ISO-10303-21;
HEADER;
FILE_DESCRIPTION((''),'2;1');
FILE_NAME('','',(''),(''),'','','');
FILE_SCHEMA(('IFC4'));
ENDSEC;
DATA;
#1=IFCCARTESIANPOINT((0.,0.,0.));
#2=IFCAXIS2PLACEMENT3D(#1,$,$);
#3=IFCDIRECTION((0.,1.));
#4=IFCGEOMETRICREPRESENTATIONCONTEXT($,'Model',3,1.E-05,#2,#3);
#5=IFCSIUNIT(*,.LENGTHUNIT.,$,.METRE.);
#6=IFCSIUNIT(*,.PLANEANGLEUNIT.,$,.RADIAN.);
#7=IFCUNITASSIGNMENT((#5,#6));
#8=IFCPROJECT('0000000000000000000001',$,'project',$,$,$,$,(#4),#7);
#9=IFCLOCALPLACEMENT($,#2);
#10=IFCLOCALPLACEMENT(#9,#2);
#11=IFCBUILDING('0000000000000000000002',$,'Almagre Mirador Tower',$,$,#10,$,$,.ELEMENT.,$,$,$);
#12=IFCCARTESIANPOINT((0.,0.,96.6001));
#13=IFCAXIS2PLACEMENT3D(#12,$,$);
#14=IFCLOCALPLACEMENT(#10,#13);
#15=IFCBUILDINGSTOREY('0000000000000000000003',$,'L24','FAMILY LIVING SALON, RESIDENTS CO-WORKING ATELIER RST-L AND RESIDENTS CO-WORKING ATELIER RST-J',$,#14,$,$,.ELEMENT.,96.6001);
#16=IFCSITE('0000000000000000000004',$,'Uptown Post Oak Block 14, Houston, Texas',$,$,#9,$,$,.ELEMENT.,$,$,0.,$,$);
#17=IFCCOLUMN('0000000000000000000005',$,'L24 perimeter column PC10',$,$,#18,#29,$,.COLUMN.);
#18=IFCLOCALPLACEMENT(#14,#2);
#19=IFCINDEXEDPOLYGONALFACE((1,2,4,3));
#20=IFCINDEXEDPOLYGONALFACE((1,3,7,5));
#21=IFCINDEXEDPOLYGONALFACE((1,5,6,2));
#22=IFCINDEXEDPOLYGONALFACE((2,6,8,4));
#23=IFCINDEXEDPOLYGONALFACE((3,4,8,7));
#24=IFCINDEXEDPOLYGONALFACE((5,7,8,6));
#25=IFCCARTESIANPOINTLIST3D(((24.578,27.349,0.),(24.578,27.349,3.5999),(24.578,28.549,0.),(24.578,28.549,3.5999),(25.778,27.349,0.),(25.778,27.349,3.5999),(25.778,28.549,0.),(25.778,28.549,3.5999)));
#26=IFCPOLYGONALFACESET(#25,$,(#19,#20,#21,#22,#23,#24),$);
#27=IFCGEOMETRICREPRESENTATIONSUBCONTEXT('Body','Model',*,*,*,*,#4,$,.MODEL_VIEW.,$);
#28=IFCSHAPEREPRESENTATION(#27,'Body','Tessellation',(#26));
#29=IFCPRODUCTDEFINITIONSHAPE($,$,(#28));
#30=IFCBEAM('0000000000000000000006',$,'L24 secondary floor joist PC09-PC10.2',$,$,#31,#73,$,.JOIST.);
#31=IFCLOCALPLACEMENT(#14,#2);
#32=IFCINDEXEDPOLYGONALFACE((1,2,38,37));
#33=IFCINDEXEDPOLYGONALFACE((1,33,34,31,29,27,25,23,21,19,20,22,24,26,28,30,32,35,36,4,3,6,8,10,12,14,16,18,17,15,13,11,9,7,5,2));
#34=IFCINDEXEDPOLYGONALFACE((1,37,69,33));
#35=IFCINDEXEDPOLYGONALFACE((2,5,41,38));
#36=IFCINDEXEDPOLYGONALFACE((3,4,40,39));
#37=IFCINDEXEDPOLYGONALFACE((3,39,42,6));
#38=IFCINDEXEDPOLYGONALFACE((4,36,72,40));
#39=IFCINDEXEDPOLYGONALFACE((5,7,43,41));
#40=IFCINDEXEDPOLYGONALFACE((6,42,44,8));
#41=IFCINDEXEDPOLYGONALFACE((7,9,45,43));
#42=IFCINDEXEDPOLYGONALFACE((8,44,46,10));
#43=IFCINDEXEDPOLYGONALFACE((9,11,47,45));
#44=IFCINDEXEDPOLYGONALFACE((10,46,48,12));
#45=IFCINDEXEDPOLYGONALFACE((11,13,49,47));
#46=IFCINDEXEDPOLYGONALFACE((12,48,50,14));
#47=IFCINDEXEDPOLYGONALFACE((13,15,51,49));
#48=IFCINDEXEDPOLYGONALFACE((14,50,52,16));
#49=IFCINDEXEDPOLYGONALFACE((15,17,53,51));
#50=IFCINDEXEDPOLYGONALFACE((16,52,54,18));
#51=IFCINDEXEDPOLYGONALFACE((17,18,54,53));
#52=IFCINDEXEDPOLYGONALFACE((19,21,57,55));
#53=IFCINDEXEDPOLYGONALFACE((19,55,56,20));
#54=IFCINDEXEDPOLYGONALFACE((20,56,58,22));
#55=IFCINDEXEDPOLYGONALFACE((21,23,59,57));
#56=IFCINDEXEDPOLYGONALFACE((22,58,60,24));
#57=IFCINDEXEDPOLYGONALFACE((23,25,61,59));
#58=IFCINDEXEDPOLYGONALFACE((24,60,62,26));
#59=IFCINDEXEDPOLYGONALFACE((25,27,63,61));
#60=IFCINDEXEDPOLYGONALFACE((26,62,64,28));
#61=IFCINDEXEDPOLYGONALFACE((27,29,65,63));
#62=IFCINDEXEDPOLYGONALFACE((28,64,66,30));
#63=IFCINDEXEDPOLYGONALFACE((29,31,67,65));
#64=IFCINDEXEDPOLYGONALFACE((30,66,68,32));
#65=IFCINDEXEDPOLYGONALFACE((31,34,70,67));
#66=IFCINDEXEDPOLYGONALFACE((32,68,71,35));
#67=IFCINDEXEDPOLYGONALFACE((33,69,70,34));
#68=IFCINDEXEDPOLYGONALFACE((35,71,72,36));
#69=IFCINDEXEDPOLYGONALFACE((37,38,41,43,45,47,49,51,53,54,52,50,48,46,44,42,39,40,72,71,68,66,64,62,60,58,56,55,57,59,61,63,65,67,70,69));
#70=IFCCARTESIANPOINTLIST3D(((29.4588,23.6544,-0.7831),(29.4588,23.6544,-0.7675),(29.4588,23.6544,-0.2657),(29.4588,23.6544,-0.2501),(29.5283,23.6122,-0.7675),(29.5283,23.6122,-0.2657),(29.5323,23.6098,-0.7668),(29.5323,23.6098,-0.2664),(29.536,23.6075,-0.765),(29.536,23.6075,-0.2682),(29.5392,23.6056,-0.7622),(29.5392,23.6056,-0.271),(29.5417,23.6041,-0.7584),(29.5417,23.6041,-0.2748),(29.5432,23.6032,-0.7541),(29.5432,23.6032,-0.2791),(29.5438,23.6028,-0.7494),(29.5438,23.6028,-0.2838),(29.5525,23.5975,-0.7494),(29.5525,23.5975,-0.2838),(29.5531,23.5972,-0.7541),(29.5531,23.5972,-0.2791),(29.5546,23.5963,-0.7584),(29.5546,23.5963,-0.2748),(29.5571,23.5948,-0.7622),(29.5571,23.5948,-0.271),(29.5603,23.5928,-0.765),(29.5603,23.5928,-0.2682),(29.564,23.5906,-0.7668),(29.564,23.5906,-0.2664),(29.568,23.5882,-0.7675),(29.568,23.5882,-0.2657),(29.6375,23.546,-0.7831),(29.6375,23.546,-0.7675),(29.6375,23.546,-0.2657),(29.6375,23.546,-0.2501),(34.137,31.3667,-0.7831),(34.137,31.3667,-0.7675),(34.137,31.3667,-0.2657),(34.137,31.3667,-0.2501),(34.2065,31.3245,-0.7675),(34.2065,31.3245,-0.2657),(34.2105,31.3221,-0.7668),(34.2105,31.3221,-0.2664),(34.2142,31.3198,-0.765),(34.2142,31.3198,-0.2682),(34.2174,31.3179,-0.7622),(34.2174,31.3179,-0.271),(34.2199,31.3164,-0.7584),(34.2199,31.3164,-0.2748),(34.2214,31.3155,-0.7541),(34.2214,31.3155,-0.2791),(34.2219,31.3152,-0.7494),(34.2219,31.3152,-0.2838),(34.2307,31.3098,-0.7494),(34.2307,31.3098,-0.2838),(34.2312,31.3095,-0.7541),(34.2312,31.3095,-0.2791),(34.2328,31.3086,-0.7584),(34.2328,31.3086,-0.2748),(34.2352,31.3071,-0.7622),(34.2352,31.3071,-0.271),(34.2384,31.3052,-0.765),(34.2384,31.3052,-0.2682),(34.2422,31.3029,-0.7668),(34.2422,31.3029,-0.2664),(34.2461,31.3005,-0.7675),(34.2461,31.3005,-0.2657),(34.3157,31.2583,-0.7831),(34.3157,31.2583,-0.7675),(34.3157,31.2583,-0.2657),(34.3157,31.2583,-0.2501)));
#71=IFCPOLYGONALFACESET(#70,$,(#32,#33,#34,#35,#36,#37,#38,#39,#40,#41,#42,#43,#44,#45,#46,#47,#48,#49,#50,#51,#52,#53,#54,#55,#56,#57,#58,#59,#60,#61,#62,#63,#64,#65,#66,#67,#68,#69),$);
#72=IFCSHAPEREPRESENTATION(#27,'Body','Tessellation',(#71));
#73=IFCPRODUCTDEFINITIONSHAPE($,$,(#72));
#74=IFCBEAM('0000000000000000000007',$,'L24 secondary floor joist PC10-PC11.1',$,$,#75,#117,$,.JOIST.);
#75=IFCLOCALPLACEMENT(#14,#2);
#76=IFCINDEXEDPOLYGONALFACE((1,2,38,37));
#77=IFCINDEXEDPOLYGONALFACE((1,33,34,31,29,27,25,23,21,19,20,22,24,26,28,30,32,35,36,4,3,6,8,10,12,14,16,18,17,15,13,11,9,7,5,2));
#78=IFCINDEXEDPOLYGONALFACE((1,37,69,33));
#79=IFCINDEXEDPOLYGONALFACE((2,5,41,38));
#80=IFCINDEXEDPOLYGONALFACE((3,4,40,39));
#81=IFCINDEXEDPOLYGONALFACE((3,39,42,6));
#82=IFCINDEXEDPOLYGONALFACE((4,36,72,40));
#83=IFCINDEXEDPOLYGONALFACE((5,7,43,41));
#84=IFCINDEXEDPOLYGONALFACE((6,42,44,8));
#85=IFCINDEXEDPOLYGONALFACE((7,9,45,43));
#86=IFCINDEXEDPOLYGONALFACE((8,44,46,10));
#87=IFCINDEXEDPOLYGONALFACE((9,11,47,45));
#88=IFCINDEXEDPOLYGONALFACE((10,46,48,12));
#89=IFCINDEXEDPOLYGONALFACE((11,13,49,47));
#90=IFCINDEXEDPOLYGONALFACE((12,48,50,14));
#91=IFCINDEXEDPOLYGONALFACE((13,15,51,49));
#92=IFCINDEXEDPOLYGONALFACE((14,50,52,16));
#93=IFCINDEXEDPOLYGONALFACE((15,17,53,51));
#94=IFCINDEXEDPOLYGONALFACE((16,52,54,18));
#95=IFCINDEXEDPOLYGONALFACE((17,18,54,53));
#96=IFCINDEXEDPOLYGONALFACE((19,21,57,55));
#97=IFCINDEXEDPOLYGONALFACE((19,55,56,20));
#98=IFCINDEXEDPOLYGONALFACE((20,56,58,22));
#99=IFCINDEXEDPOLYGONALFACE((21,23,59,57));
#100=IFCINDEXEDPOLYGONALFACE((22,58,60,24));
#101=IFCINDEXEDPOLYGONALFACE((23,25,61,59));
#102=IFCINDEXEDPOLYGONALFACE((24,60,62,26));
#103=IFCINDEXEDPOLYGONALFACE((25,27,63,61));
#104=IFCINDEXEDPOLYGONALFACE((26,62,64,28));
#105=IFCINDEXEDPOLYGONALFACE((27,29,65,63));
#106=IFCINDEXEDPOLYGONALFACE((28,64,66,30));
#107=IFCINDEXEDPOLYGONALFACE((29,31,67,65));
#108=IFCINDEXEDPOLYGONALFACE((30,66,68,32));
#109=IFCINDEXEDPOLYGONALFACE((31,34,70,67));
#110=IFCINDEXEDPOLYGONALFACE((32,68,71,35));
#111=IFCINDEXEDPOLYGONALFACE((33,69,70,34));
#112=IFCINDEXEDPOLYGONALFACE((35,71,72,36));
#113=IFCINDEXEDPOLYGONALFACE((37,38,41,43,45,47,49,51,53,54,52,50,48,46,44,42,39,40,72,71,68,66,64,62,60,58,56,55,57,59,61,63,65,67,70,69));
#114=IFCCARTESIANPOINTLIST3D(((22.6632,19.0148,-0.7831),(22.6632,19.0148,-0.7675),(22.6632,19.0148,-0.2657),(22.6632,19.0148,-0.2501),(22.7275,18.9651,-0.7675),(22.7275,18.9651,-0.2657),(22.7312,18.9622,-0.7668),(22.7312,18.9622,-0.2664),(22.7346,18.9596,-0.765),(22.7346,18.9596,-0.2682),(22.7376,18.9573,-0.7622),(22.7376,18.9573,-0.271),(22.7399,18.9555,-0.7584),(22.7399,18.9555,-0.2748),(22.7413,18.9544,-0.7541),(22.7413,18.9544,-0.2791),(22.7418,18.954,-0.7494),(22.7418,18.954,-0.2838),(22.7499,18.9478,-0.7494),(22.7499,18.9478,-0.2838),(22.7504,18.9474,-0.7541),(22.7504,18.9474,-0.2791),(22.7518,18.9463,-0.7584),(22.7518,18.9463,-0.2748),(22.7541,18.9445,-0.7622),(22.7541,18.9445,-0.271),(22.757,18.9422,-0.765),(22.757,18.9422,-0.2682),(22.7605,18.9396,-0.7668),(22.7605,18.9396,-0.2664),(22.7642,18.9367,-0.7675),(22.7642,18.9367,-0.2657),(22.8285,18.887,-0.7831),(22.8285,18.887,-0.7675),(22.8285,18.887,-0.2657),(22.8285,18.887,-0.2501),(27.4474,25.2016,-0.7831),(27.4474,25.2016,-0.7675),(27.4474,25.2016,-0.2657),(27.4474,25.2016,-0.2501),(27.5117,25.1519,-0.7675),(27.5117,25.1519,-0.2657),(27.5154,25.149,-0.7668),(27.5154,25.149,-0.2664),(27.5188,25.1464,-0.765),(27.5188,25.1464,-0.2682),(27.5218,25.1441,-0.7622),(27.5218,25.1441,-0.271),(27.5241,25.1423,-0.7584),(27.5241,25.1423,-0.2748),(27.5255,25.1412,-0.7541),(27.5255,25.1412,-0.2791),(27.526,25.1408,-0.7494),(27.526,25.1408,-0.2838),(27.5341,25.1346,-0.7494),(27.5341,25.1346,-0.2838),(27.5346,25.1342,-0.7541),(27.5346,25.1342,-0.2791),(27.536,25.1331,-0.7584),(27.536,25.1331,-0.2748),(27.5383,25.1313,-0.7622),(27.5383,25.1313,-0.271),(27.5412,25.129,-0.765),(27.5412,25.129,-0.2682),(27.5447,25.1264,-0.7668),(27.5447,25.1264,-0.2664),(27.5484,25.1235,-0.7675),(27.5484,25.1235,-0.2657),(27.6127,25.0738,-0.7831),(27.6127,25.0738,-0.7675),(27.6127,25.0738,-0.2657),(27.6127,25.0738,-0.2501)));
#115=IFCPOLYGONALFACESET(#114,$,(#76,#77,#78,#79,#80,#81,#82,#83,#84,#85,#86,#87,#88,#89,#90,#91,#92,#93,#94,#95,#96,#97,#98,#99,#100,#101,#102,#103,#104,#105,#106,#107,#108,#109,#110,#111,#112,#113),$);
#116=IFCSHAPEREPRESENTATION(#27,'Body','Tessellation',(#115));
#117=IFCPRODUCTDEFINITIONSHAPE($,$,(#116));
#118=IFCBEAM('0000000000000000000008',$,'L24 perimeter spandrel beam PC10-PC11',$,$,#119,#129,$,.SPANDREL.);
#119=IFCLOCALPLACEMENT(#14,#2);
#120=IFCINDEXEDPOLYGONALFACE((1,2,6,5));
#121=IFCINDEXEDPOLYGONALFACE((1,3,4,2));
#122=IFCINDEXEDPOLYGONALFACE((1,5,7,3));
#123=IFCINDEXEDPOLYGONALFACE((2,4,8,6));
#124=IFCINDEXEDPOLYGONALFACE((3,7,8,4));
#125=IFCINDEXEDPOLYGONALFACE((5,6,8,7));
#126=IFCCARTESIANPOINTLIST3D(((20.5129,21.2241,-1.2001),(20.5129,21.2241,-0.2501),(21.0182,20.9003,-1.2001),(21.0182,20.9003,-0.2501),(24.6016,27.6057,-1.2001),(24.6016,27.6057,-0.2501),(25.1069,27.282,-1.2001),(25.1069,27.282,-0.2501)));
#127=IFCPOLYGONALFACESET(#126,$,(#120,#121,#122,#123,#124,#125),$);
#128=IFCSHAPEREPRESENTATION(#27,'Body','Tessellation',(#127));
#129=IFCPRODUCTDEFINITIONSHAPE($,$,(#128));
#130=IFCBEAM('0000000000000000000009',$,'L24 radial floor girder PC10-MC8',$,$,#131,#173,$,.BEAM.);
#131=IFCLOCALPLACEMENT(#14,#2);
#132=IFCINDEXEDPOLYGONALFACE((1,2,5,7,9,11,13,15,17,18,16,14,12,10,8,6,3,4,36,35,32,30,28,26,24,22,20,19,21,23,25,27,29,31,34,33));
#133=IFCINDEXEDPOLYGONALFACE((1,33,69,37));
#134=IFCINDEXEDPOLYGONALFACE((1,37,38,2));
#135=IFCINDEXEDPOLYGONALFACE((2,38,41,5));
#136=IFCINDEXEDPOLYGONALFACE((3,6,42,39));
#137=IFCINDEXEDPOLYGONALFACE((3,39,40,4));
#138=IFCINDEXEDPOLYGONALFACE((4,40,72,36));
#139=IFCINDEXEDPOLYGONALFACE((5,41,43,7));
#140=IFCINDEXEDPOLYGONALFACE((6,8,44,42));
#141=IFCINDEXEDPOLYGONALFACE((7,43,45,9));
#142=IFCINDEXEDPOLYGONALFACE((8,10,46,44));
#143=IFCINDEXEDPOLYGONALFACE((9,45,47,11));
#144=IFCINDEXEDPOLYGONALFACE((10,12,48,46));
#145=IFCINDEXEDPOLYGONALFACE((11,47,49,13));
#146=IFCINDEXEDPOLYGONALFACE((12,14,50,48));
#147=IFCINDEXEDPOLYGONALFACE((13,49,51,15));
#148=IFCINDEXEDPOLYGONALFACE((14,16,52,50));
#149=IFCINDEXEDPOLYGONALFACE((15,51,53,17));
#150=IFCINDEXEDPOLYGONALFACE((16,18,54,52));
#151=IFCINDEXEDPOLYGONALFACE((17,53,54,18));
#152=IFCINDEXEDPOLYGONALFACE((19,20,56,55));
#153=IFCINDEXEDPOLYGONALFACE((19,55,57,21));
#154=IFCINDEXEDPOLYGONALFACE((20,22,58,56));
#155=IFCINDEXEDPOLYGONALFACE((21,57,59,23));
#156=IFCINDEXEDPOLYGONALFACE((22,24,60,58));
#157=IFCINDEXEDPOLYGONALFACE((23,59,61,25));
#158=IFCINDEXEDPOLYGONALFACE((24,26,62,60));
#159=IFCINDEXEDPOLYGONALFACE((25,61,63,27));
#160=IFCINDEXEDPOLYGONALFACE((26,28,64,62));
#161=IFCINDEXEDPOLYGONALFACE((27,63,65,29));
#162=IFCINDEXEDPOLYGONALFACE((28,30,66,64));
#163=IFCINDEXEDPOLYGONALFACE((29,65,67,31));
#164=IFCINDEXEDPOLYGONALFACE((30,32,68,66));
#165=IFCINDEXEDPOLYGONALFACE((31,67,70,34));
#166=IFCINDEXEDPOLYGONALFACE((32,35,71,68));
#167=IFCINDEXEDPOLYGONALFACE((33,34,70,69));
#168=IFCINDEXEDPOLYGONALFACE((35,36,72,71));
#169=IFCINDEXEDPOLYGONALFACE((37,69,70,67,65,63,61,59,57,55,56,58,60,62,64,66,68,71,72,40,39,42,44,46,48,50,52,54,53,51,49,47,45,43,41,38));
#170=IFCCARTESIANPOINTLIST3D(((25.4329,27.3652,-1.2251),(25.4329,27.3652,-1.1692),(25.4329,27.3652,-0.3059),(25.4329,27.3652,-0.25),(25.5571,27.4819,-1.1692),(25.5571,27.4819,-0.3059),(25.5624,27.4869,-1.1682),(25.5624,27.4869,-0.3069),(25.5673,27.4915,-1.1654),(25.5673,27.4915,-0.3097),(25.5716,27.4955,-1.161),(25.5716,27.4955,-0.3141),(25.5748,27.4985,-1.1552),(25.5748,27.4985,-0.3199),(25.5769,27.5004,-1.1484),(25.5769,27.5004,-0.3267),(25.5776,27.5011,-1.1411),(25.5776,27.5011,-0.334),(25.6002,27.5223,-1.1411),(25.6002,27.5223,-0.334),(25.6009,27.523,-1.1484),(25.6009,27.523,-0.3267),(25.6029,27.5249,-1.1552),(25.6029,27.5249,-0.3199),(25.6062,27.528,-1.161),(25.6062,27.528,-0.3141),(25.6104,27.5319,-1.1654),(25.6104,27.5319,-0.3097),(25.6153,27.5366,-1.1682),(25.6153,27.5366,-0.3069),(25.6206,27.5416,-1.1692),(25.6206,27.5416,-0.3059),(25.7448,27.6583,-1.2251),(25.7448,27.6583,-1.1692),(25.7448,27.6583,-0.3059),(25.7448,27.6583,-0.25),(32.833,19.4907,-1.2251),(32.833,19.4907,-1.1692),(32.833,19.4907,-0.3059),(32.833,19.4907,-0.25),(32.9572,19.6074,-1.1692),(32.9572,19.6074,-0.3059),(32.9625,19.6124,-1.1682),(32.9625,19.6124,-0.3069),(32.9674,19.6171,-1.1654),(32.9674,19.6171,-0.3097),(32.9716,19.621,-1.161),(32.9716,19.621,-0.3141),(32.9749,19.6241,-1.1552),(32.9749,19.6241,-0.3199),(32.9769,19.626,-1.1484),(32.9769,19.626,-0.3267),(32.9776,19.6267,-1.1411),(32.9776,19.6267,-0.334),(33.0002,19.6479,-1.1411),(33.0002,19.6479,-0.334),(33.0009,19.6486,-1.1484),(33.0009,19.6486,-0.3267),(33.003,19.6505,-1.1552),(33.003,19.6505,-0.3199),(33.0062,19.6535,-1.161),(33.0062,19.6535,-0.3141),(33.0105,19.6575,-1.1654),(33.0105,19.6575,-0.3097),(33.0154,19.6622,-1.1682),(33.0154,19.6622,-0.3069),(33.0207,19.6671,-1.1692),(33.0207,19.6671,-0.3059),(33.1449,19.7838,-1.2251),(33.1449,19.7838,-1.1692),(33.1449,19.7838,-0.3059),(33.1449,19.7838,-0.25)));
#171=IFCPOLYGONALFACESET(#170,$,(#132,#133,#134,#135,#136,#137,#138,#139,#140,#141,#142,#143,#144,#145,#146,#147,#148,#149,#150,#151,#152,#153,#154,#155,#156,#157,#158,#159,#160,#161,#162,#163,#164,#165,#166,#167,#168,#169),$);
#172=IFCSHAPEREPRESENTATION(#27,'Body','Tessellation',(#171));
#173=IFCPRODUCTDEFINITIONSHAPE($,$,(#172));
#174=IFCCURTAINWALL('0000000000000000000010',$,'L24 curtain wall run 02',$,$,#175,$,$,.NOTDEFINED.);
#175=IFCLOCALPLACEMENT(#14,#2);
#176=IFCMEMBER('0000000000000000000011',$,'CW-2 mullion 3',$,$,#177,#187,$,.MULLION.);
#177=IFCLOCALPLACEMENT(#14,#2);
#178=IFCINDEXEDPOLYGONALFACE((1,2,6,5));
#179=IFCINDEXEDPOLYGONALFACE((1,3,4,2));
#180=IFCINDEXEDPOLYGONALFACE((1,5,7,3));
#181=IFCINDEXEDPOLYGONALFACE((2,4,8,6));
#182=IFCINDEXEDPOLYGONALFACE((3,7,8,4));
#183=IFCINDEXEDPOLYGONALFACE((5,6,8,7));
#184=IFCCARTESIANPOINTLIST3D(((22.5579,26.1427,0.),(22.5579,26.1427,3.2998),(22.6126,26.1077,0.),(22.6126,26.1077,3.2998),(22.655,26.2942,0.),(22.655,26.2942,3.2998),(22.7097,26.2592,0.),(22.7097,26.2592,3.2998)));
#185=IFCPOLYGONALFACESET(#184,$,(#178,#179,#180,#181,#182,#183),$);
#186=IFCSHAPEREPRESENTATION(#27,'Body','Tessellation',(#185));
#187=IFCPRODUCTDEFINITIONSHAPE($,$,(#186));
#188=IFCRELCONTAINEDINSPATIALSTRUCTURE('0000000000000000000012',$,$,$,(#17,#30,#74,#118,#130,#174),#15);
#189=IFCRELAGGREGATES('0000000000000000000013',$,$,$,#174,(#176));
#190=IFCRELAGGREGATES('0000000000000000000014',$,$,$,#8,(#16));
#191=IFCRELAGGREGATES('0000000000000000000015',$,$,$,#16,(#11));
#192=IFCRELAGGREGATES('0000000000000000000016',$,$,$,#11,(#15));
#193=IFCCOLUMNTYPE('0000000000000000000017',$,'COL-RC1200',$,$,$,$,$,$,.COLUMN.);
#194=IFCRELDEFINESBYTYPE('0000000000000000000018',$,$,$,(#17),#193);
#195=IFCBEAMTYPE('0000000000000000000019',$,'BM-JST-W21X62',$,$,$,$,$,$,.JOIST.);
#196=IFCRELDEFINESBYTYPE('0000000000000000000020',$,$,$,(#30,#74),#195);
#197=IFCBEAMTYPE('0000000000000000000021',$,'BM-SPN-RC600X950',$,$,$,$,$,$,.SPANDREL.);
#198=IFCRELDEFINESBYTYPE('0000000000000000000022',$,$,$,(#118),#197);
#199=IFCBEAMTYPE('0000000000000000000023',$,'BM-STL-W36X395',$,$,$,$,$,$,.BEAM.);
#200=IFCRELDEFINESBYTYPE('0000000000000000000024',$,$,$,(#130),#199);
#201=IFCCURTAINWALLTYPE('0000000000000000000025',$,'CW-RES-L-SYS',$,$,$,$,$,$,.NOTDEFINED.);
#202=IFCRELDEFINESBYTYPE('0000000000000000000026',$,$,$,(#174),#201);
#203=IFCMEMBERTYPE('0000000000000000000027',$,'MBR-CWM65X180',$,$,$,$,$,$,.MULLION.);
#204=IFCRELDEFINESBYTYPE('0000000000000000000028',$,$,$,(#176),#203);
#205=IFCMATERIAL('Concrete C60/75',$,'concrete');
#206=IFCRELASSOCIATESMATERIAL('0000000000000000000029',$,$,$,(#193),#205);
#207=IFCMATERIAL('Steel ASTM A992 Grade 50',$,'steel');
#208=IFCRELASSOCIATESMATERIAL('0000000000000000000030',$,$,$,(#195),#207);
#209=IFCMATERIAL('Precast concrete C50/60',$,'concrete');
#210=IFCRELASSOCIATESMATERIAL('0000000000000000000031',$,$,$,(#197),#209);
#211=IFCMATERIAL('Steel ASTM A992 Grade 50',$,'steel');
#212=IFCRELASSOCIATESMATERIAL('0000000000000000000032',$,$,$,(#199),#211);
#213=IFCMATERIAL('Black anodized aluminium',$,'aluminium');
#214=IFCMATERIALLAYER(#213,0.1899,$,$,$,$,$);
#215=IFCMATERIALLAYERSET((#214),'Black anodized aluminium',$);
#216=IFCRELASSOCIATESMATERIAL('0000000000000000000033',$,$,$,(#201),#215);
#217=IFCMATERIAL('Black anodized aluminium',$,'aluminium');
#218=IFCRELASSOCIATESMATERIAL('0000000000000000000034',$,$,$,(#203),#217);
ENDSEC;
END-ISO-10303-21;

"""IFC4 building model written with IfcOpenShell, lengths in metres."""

from ifc_helpers import new_model, si_unit, direction, frame, origin, origin_2d, place, context, subcontext, project, spatial, rectangle, i_section, extrude, material, layer, layer_set, material_profile, profile_set, type_object, element, aggregate, save


model = new_model("IFC4")

# Units and contexts
model_context = context("Model", 3, precision=1e-05, world=origin(), true_north=direction((0.0, 1.0)))
body_context = subcontext(model_context, "Body", "Model", "MODEL_VIEW")
ifc_project = project(units=[si_unit("LENGTHUNIT", "METRE"), si_unit("PLANEANGLEUNIT", "RADIAN")], contexts=[model_context])

# Site, building, storey
site_placement = place(None, origin())
site = spatial("IfcSite", under=ifc_project, at=site_placement, Name="Uptown Post Oak Block 14, Houston, Texas", CompositionType="ELEMENT", RefElevation=0.0)
building_placement = place(site_placement, origin())
building = spatial("IfcBuilding", under=site, at=building_placement, Name="Almagre Mirador Tower", CompositionType="ELEMENT")
storey_placement = place(building_placement, frame((0.0, 0.0, 96.6001)))
storey = spatial("IfcBuildingStorey", under=building, at=storey_placement, Name="L24", Description="FAMILY LIVING SALON, RESIDENTS CO-WORKING ATELIER RST-L AND RESIDENTS CO-WORKING ATELIER RST-J", CompositionType="ELEMENT", Elevation=96.6001)

# Column
ifc_material_1 = material(Name="Concrete C60/75", Category="concrete")
ifc_material_profile_1 = material_profile(ifc_material_1, rectangle(XDim=1.2, YDim=1.2, at=origin_2d()), Name="RC1200X1200")
ifc_profile_set_1 = profile_set([ifc_material_profile_1], Name="Concrete C60/75")
column_type = type_object("IfcColumnType", Name="COL-RC1200", PredefinedType="COLUMN", material=ifc_profile_set_1)
column_placement = place(storey_placement, frame((25.178, 27.949, 0.0), z_axis=(0.0, 0.0, 1.0), x_axis=(1.0, 0.0, 0.0)))
element("IfcColumn", 1, at=column_placement, inside=storey, type_object=column_type, Name="L24 perimeter column PC10", PredefinedType="COLUMN", context=body_context, shape_type="SweptSolid", body=[
    extrude(rectangle(XDim=1.2, YDim=1.2, at=origin_2d()), origin(), (0.0, 0.0, 1.0), 3.5999),
])

# Beams
ifc_material_2 = material(Name="Steel ASTM A992 Grade 50", Category="steel")
ifc_material_profile_2 = material_profile(ifc_material_2, i_section(OverallWidth=0.209, OverallDepth=0.533, WebThickness=0.0103, FlangeThickness=0.0156, FilletRadius=0.0181, at=origin_2d()), Name="W21X62")
ifc_profile_set_2 = profile_set([ifc_material_profile_2], Name="Steel ASTM A992 Grade 50")
beam_type_1 = type_object("IfcBeamType", Name="BM-JST-W21X62", PredefinedType="JOIST", material=ifc_profile_set_2)
beam_1_placement = place(storey_placement, frame((34.2263, 31.3125, -0.5166), z_axis=(-0.518629, -0.854999, 0.0), x_axis=(0.854999, -0.518629, 0.0)))
element("IfcBeam", 2, at=beam_1_placement, inside=storey, type_object=beam_type_1, Name="L24 secondary floor joist PC09-PC10.2", PredefinedType="JOIST", context=body_context, shape_type="SweptSolid", body=[
    extrude(i_section(OverallWidth=0.209, OverallDepth=0.533, WebThickness=0.0103, FlangeThickness=0.0156, FilletRadius=0.0181, at=origin_2d()), origin(), (0.0, 0.0, 1.0), 9.0203),
])
beam_2_placement = place(storey_placement, frame((27.53, 25.1377, -0.5166), z_axis=(-0.611727, -0.791069, 0.0), x_axis=(0.791069, -0.611727, 0.0)))
element("IfcBeam", 3, at=beam_2_placement, inside=storey, type_object=beam_type_1, Name="L24 secondary floor joist PC10-PC11.1", PredefinedType="JOIST", context=body_context, shape_type="SweptSolid", body=[
    extrude(i_section(OverallWidth=0.209, OverallDepth=0.533, WebThickness=0.0103, FlangeThickness=0.0156, FilletRadius=0.0181, at=origin_2d()), origin(), (0.0, 0.0, 1.0), 7.8208),
])
ifc_material_3 = material(Name="Precast concrete C50/60", Category="concrete")
ifc_material_profile_3 = material_profile(ifc_material_3, rectangle(XDim=0.6001, YDim=0.95, at=origin_2d()), Name="RC600X950")
ifc_profile_set_3 = profile_set([ifc_material_profile_3], Name="Precast concrete C50/60")
beam_type_2 = type_object("IfcBeamType", Name="BM-SPN-RC600X950", PredefinedType="SPANDREL", material=ifc_profile_set_3)
beam_3_placement = place(storey_placement, frame((24.8542, 27.4438, -0.7251), z_axis=(-0.539466, -0.842007, 0.0), x_axis=(0.842007, -0.539466, 0.0)))
element("IfcBeam", 4, at=beam_3_placement, inside=storey, type_object=beam_type_2, Name="L24 perimeter spandrel beam PC10-PC11", PredefinedType="SPANDREL", context=body_context, shape_type="SweptSolid", body=[
    extrude(rectangle(XDim=0.6001, YDim=0.95, at=origin_2d()), origin(), (0.0, 0.0, 1.0), 7.5791),
])
ifc_material_4 = material(Name="Steel ASTM A992 Grade 50", Category="steel")
ifc_material_profile_4 = material_profile(ifc_material_4, i_section(OverallWidth=0.428, OverallDepth=0.9751, WebThickness=0.031, FlangeThickness=0.0559, FilletRadius=0.0281, at=origin_2d()), Name="W36X395")
ifc_profile_set_4 = profile_set([ifc_material_profile_4], Name="Steel ASTM A992 Grade 50")
beam_type_3 = type_object("IfcBeamType", Name="BM-STL-W36X395", PredefinedType="BEAM", material=ifc_profile_set_4)
beam_4_placement = place(storey_placement, frame((25.5889, 27.5117, -0.7375), z_axis=(0.684817, -0.728715, 0.0), x_axis=(0.728715, 0.684817, 0.0)))
element("IfcBeam", 5, at=beam_4_placement, inside=storey, type_object=beam_type_3, Name="L24 radial floor girder PC10-MC8", PredefinedType="BEAM", context=body_context, shape_type="SweptSolid", body=[
    extrude(i_section(OverallWidth=0.428, OverallDepth=0.9751, WebThickness=0.031, FlangeThickness=0.0559, FilletRadius=0.0281, at=origin_2d()), origin(), (0.0, 0.0, 1.0), 10.8059),
])

# Curtain wall, member
ifc_material_5 = material(Name="Black anodized aluminium", Category="aluminium")
ifc_layer_1 = layer(ifc_material_5, 0.1899)
ifc_layer_set_1 = layer_set([ifc_layer_1], Name="Black anodized aluminium")
curtain_wall_type = type_object("IfcCurtainWallType", Name="CW-RES-L-SYS", PredefinedType="NOTDEFINED", material=ifc_layer_set_1)
curtain_wall_placement = place(storey_placement, origin())
curtain_wall = element("IfcCurtainWall", 6, at=curtain_wall_placement, inside=storey, type_object=curtain_wall_type, Name="L24 curtain wall run 02", PredefinedType="NOTDEFINED")
ifc_material_6 = material(Name="Black anodized aluminium", Category="aluminium")
ifc_material_profile_5 = material_profile(ifc_material_6, rectangle(XDim=0.0649, YDim=0.1799, at=origin_2d()), Name="CWM65X180")
ifc_profile_set_5 = profile_set([ifc_material_profile_5], Name="Black anodized aluminium")
member_type = type_object("IfcMemberType", Name="MBR-CWM65X180", PredefinedType="MULLION", material=ifc_profile_set_5)
member_placement = place(storey_placement, frame((22.6338, 26.2009, 0.0), z_axis=(0.0, 0.0, 1.0), x_axis=(-0.84201, 0.539462, 0.0)))
member = element("IfcMember", 7, at=member_placement, type_object=member_type, Name="CW-2 mullion 3", PredefinedType="MULLION", context=body_context, shape_type="SweptSolid", body=[
    extrude(rectangle(XDim=0.0649, YDim=0.1799, at=origin_2d()), origin(), (0.0, 0.0, 1.0), 3.2998),
])
aggregate(curtain_wall, [member])

save(model, "model.ifc")
